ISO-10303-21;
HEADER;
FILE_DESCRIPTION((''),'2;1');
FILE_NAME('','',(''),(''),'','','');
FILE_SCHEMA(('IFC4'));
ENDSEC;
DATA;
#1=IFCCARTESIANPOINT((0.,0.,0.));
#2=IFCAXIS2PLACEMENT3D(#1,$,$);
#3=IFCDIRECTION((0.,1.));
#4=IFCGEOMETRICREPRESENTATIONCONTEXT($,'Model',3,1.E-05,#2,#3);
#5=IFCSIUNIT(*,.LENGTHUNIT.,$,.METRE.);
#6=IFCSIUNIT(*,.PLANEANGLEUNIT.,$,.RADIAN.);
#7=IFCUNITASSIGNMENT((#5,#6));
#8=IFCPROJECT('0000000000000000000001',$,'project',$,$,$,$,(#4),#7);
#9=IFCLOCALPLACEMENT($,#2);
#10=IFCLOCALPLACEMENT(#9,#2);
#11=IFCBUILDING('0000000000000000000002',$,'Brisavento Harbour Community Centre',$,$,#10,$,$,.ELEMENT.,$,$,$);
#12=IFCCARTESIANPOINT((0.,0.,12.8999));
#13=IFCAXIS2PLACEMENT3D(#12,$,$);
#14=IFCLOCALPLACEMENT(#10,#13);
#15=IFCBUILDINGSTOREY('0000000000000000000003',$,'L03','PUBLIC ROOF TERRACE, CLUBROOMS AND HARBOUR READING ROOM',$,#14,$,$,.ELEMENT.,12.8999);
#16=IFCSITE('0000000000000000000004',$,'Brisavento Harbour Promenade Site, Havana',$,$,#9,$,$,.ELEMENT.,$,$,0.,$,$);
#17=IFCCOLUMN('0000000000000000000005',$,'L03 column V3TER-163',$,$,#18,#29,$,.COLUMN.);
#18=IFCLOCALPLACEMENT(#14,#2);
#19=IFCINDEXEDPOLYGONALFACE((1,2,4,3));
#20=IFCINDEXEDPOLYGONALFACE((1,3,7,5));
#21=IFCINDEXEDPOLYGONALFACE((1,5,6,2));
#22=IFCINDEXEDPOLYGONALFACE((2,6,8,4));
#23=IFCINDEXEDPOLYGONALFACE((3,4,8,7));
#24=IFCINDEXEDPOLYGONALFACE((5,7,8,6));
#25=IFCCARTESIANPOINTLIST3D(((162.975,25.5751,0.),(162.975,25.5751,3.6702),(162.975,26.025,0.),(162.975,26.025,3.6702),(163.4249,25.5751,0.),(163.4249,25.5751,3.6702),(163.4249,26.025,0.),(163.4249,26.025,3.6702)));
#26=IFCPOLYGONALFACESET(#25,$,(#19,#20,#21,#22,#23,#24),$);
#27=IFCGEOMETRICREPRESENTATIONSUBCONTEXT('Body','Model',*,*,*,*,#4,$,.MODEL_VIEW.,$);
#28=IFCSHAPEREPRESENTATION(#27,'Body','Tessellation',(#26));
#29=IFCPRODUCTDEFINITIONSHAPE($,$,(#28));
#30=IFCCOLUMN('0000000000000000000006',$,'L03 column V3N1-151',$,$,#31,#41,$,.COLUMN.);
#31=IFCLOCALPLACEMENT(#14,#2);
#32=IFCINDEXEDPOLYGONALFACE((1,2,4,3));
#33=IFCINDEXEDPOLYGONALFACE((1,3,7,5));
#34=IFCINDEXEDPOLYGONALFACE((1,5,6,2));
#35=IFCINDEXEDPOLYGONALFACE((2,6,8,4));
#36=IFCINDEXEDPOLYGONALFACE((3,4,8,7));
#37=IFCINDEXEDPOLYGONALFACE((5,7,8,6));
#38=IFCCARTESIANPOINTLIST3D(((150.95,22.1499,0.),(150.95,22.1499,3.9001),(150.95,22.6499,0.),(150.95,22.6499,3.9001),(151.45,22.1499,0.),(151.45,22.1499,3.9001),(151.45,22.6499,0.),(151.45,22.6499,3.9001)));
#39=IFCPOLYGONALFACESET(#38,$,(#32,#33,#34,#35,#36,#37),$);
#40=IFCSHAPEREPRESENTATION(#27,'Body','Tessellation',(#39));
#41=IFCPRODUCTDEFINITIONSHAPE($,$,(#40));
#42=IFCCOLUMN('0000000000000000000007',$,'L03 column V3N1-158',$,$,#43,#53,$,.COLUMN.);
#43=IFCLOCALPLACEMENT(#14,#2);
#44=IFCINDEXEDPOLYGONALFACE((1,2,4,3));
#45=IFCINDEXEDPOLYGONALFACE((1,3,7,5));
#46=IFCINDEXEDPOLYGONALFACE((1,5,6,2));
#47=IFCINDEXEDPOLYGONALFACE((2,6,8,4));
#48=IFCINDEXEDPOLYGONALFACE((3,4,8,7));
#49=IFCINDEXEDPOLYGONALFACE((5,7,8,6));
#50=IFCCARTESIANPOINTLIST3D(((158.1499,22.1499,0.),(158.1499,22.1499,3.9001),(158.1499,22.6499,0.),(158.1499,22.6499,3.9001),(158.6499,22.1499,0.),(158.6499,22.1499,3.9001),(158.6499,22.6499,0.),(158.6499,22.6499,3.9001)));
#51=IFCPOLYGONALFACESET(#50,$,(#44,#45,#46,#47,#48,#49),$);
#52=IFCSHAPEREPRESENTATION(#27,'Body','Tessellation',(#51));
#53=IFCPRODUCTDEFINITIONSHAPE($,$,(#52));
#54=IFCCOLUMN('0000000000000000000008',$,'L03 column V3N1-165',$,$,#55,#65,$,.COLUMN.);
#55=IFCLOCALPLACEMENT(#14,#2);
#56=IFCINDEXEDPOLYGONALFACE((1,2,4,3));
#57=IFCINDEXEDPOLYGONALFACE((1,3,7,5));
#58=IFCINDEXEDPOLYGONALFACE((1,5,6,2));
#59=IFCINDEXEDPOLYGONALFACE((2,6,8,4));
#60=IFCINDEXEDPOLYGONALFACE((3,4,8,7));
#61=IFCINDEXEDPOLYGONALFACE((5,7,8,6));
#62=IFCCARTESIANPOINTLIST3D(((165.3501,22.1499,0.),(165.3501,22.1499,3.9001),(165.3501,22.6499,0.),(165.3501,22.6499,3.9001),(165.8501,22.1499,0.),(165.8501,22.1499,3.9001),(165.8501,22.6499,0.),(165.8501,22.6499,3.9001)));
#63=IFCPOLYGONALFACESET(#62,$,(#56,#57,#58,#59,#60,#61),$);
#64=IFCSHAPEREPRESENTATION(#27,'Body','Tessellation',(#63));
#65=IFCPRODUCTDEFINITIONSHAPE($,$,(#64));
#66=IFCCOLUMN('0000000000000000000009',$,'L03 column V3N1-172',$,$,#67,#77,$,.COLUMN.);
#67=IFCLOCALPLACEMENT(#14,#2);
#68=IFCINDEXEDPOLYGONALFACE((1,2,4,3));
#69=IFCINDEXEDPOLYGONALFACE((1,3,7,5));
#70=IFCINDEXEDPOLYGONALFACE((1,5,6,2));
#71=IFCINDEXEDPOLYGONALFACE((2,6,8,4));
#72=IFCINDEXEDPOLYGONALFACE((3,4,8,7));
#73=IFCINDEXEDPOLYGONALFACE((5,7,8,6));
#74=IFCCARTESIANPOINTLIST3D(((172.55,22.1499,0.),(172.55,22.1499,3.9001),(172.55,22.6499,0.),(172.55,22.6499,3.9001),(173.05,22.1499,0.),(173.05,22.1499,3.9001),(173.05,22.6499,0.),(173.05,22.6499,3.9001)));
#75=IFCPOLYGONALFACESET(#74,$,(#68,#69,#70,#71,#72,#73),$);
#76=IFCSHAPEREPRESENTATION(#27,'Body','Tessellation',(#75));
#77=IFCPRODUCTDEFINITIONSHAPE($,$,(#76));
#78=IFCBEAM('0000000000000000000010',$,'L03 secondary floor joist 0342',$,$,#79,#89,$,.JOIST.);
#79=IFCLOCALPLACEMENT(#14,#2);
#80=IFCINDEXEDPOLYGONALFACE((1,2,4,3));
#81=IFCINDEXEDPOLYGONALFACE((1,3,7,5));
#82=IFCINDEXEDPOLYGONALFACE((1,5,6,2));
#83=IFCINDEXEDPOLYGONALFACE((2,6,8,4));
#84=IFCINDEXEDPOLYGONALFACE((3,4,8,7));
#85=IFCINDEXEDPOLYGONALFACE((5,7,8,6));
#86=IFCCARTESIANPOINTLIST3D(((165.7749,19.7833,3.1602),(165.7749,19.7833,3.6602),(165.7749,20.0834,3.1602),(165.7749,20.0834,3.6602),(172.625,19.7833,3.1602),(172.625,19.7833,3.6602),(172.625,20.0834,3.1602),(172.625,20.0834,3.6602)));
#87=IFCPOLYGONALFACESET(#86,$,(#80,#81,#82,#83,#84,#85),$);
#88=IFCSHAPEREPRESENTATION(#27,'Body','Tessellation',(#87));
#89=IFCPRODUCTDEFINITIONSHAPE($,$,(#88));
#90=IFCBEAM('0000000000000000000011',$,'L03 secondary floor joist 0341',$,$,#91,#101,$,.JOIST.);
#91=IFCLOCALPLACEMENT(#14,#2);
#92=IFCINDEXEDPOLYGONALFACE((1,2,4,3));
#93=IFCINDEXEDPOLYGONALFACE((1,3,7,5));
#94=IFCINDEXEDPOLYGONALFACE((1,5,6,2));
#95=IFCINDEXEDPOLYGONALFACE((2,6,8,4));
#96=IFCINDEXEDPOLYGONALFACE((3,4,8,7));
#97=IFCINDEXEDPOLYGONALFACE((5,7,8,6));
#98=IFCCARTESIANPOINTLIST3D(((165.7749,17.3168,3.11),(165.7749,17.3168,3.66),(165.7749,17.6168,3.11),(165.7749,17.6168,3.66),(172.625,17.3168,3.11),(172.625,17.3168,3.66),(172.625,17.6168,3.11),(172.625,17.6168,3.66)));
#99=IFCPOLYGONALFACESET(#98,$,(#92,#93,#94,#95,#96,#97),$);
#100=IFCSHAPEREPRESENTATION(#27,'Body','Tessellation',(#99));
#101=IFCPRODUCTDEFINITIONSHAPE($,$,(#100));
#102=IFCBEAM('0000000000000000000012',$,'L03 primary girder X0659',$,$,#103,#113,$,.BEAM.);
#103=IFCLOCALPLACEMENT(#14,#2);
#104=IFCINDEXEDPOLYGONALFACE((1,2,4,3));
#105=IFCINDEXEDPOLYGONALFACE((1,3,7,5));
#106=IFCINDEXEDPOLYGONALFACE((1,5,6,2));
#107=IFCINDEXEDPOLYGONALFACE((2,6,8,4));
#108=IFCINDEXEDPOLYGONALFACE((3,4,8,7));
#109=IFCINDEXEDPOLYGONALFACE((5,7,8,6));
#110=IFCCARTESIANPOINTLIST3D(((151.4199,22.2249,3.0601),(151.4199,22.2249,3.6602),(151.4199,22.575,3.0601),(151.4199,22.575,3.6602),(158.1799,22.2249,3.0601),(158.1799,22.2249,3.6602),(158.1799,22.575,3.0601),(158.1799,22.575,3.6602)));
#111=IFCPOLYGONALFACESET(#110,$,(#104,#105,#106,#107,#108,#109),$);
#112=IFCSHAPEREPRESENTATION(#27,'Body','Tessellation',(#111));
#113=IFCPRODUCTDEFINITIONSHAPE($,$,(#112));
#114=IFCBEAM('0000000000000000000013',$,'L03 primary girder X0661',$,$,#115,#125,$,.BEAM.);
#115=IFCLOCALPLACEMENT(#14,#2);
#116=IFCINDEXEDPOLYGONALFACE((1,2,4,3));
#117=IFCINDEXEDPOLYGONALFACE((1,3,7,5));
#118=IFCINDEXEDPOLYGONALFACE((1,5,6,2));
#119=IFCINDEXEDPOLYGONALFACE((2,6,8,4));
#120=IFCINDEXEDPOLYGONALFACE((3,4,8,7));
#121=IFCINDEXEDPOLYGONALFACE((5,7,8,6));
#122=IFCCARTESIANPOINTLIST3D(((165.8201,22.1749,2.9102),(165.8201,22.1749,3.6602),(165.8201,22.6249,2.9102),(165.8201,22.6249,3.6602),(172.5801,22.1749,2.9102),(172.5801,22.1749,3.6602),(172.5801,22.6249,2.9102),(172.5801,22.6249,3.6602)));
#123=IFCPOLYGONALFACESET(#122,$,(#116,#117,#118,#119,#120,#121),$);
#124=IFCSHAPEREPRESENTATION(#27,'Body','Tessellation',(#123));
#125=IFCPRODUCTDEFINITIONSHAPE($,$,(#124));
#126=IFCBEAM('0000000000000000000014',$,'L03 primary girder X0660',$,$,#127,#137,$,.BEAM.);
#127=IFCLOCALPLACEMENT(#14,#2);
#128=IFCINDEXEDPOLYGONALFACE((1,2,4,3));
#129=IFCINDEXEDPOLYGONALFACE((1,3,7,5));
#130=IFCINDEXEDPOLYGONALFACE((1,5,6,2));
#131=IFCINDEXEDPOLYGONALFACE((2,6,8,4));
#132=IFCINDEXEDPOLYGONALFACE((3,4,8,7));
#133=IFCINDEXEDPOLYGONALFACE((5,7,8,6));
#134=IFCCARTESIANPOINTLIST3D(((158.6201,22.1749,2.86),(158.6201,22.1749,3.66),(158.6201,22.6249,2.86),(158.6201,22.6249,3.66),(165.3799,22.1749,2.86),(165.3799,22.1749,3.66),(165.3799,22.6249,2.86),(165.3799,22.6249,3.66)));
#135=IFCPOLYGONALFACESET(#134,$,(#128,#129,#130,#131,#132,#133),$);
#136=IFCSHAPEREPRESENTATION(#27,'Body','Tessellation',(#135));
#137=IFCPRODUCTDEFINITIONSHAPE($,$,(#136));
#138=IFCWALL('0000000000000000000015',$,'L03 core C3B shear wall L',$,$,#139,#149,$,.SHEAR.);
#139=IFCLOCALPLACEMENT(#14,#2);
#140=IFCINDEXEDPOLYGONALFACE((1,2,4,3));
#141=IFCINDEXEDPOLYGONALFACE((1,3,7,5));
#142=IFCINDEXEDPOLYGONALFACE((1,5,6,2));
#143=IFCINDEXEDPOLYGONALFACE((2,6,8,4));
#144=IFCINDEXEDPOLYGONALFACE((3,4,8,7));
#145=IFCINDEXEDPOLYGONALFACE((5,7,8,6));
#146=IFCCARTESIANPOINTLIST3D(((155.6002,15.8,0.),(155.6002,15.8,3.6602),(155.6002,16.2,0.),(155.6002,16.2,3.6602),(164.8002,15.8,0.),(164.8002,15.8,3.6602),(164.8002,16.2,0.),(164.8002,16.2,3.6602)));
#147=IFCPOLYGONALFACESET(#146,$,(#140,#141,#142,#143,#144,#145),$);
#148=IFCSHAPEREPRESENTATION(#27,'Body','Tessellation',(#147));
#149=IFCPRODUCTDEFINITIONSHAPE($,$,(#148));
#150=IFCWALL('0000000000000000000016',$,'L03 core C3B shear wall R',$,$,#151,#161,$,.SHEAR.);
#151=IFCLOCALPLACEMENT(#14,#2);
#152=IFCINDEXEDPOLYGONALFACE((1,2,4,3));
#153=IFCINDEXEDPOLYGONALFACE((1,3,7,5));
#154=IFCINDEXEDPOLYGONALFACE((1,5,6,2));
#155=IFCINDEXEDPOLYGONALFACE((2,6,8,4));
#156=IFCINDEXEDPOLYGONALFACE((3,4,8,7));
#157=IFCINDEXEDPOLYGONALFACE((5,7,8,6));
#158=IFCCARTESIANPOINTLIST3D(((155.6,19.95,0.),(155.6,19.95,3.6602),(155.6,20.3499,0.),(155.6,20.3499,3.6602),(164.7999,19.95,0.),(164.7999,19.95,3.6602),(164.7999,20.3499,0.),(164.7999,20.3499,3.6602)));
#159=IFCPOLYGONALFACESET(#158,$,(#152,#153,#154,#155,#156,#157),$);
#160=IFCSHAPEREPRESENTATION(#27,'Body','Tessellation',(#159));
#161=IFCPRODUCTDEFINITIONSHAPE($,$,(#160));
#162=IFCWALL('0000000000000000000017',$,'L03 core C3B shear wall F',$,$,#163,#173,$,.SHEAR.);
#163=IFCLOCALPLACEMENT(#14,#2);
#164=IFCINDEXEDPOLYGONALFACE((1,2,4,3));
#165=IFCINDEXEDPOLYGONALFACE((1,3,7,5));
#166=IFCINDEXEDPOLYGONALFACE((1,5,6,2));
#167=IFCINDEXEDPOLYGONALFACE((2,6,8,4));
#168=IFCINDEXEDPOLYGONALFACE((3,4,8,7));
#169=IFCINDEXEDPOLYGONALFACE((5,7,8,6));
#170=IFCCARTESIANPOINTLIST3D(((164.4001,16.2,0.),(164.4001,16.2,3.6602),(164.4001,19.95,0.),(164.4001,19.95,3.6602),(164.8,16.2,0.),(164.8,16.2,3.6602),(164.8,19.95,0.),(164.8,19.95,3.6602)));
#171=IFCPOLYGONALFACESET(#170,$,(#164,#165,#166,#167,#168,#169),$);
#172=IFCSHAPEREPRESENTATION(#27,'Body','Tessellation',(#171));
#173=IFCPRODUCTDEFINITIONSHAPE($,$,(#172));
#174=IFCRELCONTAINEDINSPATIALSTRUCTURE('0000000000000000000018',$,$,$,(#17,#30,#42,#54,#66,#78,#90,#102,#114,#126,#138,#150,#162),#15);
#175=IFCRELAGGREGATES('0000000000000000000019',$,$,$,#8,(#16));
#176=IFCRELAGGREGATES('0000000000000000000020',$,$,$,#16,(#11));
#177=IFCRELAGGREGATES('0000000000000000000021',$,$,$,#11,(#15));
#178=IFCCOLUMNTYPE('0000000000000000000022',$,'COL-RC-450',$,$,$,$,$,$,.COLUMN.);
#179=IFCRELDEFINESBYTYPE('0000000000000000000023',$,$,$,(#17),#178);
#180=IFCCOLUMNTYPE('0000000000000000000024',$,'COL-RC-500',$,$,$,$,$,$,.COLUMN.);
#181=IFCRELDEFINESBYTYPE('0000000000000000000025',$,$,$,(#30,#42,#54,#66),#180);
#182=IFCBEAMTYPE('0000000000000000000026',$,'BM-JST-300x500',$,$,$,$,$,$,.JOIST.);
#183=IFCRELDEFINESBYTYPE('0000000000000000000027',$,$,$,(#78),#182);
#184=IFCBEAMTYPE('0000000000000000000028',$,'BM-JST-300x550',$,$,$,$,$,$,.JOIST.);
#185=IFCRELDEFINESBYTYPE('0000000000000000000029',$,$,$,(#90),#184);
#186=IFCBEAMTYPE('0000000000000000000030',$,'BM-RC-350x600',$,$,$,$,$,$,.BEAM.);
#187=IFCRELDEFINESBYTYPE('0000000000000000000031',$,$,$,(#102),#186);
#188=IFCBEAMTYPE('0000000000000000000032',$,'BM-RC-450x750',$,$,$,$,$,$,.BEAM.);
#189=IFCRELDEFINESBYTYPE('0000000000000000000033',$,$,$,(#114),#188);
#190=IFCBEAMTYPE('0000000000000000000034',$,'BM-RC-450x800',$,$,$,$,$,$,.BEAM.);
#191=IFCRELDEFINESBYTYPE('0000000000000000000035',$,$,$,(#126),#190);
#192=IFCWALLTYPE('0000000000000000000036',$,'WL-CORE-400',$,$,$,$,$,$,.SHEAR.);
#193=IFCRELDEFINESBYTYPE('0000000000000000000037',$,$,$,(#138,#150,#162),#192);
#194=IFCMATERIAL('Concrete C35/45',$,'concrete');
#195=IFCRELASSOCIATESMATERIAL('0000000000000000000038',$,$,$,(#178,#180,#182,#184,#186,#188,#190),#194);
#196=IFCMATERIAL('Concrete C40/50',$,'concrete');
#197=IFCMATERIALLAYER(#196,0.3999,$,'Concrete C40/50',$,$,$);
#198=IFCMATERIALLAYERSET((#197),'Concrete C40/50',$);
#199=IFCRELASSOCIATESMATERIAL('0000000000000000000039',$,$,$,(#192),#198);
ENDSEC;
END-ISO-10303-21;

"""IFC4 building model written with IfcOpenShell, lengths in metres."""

from ifc_helpers import new_model, si_unit, direction, frame, frame_2d, origin, origin_2d, place, context, subcontext, project, spatial, rectangle, extrude, material, layer, layer_set, material_profile, profile_set, type_object, element, save


model = new_model("IFC4")

# Units and contexts
model_context = context("Model", 3, precision=1e-05, world=origin(), true_north=direction((0.0, 1.0)))
body_context = subcontext(model_context, "Body", "Model", "MODEL_VIEW")
ifc_project = project(units=[si_unit("LENGTHUNIT", "METRE"), si_unit("PLANEANGLEUNIT", "RADIAN")], contexts=[model_context])

# Site, building, storey
site_placement = place(None, origin())
site = spatial("IfcSite", under=ifc_project, at=site_placement, Name="Brisavento Harbour Promenade Site, Havana", CompositionType="ELEMENT", RefElevation=0.0)
building_placement = place(site_placement, origin())
building = spatial("IfcBuilding", under=site, at=building_placement, Name="Brisavento Harbour Community Centre", CompositionType="ELEMENT")
storey_placement = place(building_placement, frame((0.0, 0.0, 12.8999)))
storey = spatial("IfcBuildingStorey", under=building, at=storey_placement, Name="L03", Description="PUBLIC ROOF TERRACE, CLUBROOMS AND HARBOUR READING ROOM", CompositionType="ELEMENT", Elevation=12.8999)

# Columns
ifc_material_1 = material(Name="Concrete C35/45", Category="concrete")
ifc_material_profile_1 = material_profile(ifc_material_1, rectangle(XDim=0.45, YDim=0.45, at=origin_2d()), Name="Concrete C35/45")
ifc_profile_set_1 = profile_set([ifc_material_profile_1], Name="Concrete C35/45")
column_type_1 = type_object("IfcColumnType", Name="COL-RC-450", PredefinedType="COLUMN", material=ifc_profile_set_1)
column_placement = place(storey_placement, frame((163.2, 25.8, 0.0), z_axis=(0.0, 0.0, 1.0), x_axis=(1.0, 0.0, 0.0)))
element("IfcColumn", 1, at=column_placement, inside=storey, type_object=column_type_1, Name="L03 column V3TER-163", PredefinedType="COLUMN", context=body_context, shape_type="SweptSolid", body=[
    extrude(rectangle(XDim=0.45, YDim=0.45, at=origin_2d()), origin(), (0.0, 0.0, 1.0), 3.6702),
])
ifc_material_profile_2 = material_profile(ifc_material_1, rectangle(XDim=0.5, YDim=0.5, at=origin_2d()), Name="Concrete C35/45")
ifc_profile_set_2 = profile_set([ifc_material_profile_2], Name="Concrete C35/45")
column_type_2 = type_object("IfcColumnType", Name="COL-RC-500", PredefinedType="COLUMN", material=ifc_profile_set_2)
for number, where, z_axis, x_axis, name in (
    (2, (151.2, 22.3999, 0.0), (0.0, 0.0, 1.0), (1.0, 0.0, 0.0), "L03 column V3N1-151"),
    (3, (158.3999, 22.3999, 0.0), (0.0, 0.0, 1.0), (1.0, 0.0, 0.0), "L03 column V3N1-158"),
    (4, (165.6001, 22.3999, 0.0), (0.0, 0.0, 1.0), (1.0, 0.0, 0.0), "L03 column V3N1-165"),
    (5, (172.8, 22.3999, 0.0), (0.0, 0.0, 1.0), (1.0, 0.0, 0.0), "L03 column V3N1-172"),
):
    element("IfcColumn", number, at=place(storey_placement, frame(where, z_axis=z_axis, x_axis=x_axis)), inside=storey, type_object=column_type_2, Name=name, PredefinedType="COLUMN", context=body_context, shape_type="SweptSolid", body=[
        extrude(rectangle(XDim=0.5, YDim=0.5, at=origin_2d()), origin(), (0.0, 0.0, 1.0), 3.9001),
    ])

# Beams
ifc_material_profile_3 = material_profile(ifc_material_1, rectangle(XDim=0.3, YDim=0.5, at=origin_2d()), Name="Concrete C35/45")
ifc_profile_set_3 = profile_set([ifc_material_profile_3], Name="Concrete C35/45")
beam_type_1 = type_object("IfcBeamType", Name="BM-JST-300x500", PredefinedType="JOIST", material=ifc_profile_set_3)
beam_1_placement = place(storey_placement, frame((165.7749, 19.9333, 3.4102), z_axis=(1.0, 0.0, 0.0), x_axis=(0.0, 1.0, 0.0)))
element("IfcBeam", 6, at=beam_1_placement, inside=storey, type_object=beam_type_1, Name="L03 secondary floor joist 0342", PredefinedType="JOIST", context=body_context, shape_type="SweptSolid", body=[
    extrude(rectangle(XDim=0.3, YDim=0.5, at=origin_2d()), origin(), (0.0, 0.0, 1.0), 6.8501),
])
ifc_material_profile_4 = material_profile(ifc_material_1, rectangle(XDim=0.3, YDim=0.55, at=origin_2d()), Name="Concrete C35/45")
ifc_profile_set_4 = profile_set([ifc_material_profile_4], Name="Concrete C35/45")
beam_type_2 = type_object("IfcBeamType", Name="BM-JST-300x550", PredefinedType="JOIST", material=ifc_profile_set_4)
beam_2_placement = place(storey_placement, frame((165.7749, 17.4668, 3.385), z_axis=(1.0, 0.0, 0.0), x_axis=(0.0, 1.0, 0.0)))
element("IfcBeam", 7, at=beam_2_placement, inside=storey, type_object=beam_type_2, Name="L03 secondary floor joist 0341", PredefinedType="JOIST", context=body_context, shape_type="SweptSolid", body=[
    extrude(rectangle(XDim=0.3, YDim=0.55, at=origin_2d()), origin(), (0.0, 0.0, 1.0), 6.8501),
])
ifc_material_profile_5 = material_profile(ifc_material_1, rectangle(XDim=0.3501, YDim=0.6001, at=origin_2d()), Name="Concrete C35/45")
ifc_profile_set_5 = profile_set([ifc_material_profile_5], Name="Concrete C35/45")
beam_type_3 = type_object("IfcBeamType", Name="BM-RC-350x600", PredefinedType="BEAM", material=ifc_profile_set_5)
beam_3_placement = place(storey_placement, frame((151.4199, 22.3999, 3.3601), z_axis=(1.0, 0.0, 0.0), x_axis=(0.0, 1.0, 0.0)))
element("IfcBeam", 8, at=beam_3_placement, inside=storey, type_object=beam_type_3, Name="L03 primary girder X0659", PredefinedType="BEAM", context=body_context, shape_type="SweptSolid", body=[
    extrude(rectangle(XDim=0.3501, YDim=0.6001, at=origin_2d()), origin(), (0.0, 0.0, 1.0), 6.76),
])
ifc_material_profile_6 = material_profile(ifc_material_1, rectangle(XDim=0.45, YDim=0.75, at=origin_2d()), Name="Concrete C35/45")
ifc_profile_set_6 = profile_set([ifc_material_profile_6], Name="Concrete C35/45")
beam_type_4 = type_object("IfcBeamType", Name="BM-RC-450x750", PredefinedType="BEAM", material=ifc_profile_set_6)
beam_4_placement = place(storey_placement, frame((165.8201, 22.3999, 3.2852), z_axis=(1.0, 0.0, 0.0), x_axis=(0.0, 1.0, 0.0)))
element("IfcBeam", 9, at=beam_4_placement, inside=storey, type_object=beam_type_4, Name="L03 primary girder X0661", PredefinedType="BEAM", context=body_context, shape_type="SweptSolid", body=[
    extrude(rectangle(XDim=0.45, YDim=0.75, at=origin_2d()), origin(), (0.0, 0.0, 1.0), 6.76),
])
ifc_material_profile_7 = material_profile(ifc_material_1, rectangle(XDim=0.45, YDim=0.8, at=origin_2d()), Name="Concrete C35/45")
ifc_profile_set_7 = profile_set([ifc_material_profile_7], Name="Concrete C35/45")
beam_type_5 = type_object("IfcBeamType", Name="BM-RC-450x800", PredefinedType="BEAM", material=ifc_profile_set_7)
beam_5_placement = place(storey_placement, frame((158.6201, 22.3999, 3.26), z_axis=(1.0, 0.0, 0.0), x_axis=(0.0, 1.0, 0.0)))
element("IfcBeam", 10, at=beam_5_placement, inside=storey, type_object=beam_type_5, Name="L03 primary girder X0660", PredefinedType="BEAM", context=body_context, shape_type="SweptSolid", body=[
    extrude(rectangle(XDim=0.45, YDim=0.8, at=origin_2d()), origin(), (0.0, 0.0, 1.0), 6.7598),
])

# Walls
ifc_material_2 = material(Name="Concrete C40/50", Category="concrete")
ifc_layer_1 = layer(ifc_material_2, 0.3999, Name="Concrete C40/50")
ifc_layer_set_1 = layer_set([ifc_layer_1], Name="Concrete C40/50")
wall_type_1 = type_object("IfcWallType", Name="WL-CORE-400", PredefinedType="SHEAR", material=ifc_layer_set_1)
for number, where, z_axis, x_axis, name in (
    (11, (155.6001, 16.0, 0.0), (0.0, 0.0, 1.0), (1.0, 0.0, 0.0), "L03 core C3B shear wall L"),
    (12, (164.8, 20.1499, 0.0), (0.0, 0.0, 1.0), (-1.0, 0.0, 0.0), "L03 core C3B shear wall R"),
):
    element("IfcWall", number, at=place(storey_placement, frame(where, z_axis=z_axis, x_axis=x_axis)), inside=storey, type_object=wall_type_1, Name=name, PredefinedType="SHEAR", context=body_context, shape_type="SweptSolid", body=[
        extrude(rectangle(XDim=9.2, YDim=0.3999, at=frame_2d((4.6001, 0.0))), origin(), (0.0, 0.0, 1.0), 3.6602),
    ])
wall_1_placement = place(storey_placement, frame((164.6001, 16.2, 0.0), z_axis=(0.0, 0.0, 1.0), x_axis=(0.0, 1.0, 0.0)))
element("IfcWall", 13, at=wall_1_placement, inside=storey, type_object=wall_type_1, Name="L03 core C3B shear wall F", PredefinedType="SHEAR", context=body_context, shape_type="SweptSolid", body=[
    extrude(rectangle(XDim=3.75, YDim=0.3999, at=frame_2d((1.875, 0.0))), origin(), (0.0, 0.0, 1.0), 3.6602),
])

save(model, "model.ifc")
